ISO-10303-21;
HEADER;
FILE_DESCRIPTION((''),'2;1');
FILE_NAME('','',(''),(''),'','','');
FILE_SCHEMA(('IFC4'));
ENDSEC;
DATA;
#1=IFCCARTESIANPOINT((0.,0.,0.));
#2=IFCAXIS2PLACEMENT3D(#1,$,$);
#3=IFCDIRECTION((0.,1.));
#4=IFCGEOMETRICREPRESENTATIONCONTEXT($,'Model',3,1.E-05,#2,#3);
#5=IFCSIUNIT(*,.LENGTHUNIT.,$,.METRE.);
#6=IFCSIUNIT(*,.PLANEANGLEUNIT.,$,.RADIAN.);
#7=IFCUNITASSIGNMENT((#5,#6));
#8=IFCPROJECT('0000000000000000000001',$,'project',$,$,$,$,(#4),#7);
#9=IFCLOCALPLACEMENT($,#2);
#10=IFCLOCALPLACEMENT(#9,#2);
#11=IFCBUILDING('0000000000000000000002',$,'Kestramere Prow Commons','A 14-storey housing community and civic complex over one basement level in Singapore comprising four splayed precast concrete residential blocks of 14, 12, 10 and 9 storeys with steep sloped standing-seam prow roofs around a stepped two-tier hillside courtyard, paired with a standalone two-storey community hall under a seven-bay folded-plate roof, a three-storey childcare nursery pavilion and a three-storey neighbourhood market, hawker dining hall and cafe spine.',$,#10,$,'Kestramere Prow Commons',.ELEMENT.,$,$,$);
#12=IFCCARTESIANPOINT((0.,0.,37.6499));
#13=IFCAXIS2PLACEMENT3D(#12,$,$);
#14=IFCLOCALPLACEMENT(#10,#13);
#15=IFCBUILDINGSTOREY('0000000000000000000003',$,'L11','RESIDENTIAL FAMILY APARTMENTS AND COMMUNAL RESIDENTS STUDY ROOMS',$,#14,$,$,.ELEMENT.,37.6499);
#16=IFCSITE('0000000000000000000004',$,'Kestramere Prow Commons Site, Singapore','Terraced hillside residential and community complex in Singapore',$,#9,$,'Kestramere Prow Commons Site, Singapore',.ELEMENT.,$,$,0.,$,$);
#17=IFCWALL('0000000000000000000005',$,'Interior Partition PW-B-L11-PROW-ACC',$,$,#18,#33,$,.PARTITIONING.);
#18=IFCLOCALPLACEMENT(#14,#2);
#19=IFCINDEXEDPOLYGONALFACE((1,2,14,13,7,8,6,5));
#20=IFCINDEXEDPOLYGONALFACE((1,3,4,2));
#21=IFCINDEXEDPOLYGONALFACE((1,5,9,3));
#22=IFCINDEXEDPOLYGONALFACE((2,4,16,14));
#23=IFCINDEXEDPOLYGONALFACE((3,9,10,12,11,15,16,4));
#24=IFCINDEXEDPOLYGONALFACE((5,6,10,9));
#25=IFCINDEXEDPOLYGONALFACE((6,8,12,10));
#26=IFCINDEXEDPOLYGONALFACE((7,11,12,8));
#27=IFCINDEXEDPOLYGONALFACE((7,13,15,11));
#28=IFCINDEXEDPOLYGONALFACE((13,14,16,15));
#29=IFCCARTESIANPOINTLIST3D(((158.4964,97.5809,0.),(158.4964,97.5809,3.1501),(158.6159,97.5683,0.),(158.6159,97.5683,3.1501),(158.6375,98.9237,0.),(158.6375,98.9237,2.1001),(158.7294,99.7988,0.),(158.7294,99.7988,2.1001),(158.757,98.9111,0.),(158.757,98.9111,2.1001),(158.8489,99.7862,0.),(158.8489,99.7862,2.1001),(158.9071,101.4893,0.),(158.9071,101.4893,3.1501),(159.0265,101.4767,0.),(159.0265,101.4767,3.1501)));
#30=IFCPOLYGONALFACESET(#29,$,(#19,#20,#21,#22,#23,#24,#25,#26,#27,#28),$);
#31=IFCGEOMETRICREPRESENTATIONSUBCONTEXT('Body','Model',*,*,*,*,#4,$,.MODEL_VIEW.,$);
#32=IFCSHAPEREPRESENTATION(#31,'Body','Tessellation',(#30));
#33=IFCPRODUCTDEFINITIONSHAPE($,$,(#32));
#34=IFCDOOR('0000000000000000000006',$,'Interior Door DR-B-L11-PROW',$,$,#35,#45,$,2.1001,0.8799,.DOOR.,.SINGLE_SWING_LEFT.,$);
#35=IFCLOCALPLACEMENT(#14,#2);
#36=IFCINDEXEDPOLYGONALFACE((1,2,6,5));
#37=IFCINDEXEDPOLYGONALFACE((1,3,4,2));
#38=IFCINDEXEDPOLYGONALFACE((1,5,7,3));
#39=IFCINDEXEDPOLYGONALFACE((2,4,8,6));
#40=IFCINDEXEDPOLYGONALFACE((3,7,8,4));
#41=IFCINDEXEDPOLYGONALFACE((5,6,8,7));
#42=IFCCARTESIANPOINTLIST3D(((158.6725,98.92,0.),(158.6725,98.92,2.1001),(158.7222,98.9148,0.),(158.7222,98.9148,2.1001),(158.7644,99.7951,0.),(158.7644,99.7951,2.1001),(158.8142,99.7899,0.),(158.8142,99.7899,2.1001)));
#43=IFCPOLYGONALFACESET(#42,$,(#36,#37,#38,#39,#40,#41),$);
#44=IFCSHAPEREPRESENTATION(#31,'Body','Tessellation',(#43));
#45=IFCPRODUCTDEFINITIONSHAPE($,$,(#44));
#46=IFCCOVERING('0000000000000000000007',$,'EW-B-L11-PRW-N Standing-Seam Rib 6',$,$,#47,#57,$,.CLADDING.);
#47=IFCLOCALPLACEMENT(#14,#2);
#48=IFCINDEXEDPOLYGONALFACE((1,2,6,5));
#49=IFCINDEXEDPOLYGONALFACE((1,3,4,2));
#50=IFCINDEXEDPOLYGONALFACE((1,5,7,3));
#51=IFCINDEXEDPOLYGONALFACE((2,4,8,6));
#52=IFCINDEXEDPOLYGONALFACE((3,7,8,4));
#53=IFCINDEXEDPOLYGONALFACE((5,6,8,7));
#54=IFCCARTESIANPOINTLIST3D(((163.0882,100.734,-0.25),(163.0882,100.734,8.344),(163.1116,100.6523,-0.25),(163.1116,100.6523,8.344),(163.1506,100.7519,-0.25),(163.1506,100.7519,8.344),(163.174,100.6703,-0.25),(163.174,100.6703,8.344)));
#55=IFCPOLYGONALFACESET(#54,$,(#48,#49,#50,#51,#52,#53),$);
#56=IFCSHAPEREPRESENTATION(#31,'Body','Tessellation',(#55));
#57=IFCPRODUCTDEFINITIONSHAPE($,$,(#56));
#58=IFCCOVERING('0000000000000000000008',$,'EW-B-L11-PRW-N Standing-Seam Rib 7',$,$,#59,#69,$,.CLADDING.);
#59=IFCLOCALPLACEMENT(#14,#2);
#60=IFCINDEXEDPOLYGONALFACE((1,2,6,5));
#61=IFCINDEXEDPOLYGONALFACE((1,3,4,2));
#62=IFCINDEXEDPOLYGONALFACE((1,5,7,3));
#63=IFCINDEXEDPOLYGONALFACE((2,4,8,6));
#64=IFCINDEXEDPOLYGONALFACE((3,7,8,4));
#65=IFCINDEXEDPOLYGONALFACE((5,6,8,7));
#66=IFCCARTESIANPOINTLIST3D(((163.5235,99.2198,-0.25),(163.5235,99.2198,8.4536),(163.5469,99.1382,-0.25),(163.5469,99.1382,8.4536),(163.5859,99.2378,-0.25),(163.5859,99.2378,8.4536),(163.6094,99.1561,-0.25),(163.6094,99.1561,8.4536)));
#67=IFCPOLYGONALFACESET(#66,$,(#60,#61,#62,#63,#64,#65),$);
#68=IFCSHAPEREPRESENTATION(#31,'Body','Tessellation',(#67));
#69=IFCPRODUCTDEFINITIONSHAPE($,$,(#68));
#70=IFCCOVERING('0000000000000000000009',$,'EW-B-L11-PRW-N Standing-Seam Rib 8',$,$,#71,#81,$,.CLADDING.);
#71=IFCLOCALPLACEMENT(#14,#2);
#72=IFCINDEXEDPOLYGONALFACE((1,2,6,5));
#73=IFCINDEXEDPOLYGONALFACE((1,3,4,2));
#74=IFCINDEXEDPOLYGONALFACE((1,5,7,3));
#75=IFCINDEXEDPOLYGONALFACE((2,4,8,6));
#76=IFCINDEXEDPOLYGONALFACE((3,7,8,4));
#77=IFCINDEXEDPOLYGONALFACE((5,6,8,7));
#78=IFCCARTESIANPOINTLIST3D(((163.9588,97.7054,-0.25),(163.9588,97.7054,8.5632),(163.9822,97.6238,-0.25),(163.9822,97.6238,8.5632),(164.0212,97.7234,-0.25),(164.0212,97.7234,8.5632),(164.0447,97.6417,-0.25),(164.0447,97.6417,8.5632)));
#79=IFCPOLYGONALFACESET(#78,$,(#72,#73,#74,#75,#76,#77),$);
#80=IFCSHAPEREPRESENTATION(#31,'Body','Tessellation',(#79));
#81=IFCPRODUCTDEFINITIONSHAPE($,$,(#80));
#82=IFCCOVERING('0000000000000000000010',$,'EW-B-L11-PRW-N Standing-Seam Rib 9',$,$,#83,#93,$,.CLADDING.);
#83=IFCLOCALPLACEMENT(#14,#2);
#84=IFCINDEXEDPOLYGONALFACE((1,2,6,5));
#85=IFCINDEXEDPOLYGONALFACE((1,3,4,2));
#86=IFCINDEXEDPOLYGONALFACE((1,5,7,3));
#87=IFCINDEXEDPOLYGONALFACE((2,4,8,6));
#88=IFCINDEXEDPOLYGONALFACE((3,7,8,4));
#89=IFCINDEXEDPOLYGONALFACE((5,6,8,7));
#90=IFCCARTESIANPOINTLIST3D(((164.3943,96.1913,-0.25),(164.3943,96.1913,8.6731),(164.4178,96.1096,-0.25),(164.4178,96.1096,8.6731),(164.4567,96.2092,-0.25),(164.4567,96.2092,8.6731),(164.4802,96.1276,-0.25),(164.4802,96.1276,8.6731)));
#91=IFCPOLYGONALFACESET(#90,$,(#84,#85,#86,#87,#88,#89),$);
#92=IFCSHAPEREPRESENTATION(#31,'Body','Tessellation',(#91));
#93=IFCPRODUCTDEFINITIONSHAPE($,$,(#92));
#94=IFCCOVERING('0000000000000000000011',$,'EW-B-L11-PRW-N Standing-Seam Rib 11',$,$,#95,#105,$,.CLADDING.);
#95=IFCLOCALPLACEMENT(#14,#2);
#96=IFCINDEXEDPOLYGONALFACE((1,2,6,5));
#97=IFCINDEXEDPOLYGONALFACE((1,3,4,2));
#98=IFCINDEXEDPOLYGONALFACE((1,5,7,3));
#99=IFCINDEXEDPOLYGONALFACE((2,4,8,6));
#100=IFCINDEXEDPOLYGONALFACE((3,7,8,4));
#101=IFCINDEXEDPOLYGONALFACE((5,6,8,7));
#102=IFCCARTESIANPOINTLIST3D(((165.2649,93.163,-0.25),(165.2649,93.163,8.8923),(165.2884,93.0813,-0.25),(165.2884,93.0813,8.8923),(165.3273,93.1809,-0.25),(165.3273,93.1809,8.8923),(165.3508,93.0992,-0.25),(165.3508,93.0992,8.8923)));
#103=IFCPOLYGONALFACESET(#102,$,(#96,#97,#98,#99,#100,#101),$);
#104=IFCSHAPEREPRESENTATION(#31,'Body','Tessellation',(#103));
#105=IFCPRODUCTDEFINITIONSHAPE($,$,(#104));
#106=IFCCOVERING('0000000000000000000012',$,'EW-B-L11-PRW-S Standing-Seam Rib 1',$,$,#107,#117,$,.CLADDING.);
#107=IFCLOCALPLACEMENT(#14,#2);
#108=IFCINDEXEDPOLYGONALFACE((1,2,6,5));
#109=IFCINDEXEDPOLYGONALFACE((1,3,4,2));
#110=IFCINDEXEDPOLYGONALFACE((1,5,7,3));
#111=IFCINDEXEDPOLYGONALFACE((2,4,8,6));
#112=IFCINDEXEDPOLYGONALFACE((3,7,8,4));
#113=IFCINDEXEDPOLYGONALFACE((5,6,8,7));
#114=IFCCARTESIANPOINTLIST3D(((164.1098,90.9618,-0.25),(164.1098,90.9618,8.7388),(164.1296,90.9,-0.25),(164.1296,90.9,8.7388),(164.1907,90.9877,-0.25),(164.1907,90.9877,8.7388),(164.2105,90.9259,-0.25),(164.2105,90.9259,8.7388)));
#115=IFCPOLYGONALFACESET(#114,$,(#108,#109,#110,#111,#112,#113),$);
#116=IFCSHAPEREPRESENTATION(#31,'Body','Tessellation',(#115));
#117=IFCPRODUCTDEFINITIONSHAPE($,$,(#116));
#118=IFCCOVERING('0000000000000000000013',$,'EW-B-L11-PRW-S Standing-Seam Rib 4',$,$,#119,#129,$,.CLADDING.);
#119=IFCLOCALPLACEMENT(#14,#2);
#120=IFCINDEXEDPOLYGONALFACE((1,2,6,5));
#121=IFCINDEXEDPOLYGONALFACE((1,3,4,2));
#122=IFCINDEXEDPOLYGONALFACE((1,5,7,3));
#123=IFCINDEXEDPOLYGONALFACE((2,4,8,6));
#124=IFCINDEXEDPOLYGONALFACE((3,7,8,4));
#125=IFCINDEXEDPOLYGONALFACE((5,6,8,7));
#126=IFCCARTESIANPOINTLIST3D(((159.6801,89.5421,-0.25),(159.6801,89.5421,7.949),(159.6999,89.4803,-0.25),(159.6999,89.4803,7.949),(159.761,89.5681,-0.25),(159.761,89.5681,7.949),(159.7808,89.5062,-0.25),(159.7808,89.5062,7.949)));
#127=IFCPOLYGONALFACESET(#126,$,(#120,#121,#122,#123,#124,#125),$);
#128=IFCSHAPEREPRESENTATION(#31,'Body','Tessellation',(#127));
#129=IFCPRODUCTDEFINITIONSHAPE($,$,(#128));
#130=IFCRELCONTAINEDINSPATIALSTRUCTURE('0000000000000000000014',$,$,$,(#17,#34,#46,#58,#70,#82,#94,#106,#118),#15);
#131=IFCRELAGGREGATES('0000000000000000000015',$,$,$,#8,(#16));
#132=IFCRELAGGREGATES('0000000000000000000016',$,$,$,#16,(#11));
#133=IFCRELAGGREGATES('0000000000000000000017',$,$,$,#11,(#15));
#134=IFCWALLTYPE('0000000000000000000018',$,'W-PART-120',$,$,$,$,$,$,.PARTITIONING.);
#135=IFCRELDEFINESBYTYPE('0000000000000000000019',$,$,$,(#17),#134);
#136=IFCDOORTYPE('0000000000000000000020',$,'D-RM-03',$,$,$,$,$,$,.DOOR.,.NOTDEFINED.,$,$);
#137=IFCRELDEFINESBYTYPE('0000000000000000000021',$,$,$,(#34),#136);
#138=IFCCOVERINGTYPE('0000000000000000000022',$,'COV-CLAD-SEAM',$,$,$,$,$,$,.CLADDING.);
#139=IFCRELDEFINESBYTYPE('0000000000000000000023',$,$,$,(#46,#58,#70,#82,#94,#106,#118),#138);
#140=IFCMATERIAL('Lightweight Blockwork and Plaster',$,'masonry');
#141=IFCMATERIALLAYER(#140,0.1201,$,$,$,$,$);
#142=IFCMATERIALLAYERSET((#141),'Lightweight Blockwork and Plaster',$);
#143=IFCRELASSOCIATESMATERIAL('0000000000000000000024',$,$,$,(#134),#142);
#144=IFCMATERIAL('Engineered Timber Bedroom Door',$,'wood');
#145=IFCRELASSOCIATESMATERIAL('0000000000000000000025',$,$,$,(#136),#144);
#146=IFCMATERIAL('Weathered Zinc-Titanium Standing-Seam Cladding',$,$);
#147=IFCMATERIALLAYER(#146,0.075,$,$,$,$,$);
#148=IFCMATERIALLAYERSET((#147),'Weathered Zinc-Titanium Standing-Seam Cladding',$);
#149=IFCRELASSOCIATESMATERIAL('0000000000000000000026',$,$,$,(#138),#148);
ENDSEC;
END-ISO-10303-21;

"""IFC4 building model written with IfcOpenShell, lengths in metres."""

from ifc_helpers import new_model, si_unit, direction, frame, frame_2d, origin, origin_2d, place, context, subcontext, project, spatial, rectangle, extrude, material, layer, layer_set, type_object, element, fill, save


model = new_model("IFC4")

# Units and contexts
model_context = context("Model", 3, precision=1e-05, world=origin(), true_north=direction((0.0, 1.0)))
body_context = subcontext(model_context, "Body", "Model", "MODEL_VIEW")
ifc_project = project(units=[si_unit("LENGTHUNIT", "METRE"), si_unit("PLANEANGLEUNIT", "RADIAN")], contexts=[model_context])

# Site, building, storey
site_placement = place(None, origin())
site = spatial("IfcSite", under=ifc_project, at=site_placement, Name="Kestramere Prow Commons Site, Singapore", Description="Terraced hillside residential and community complex in Singapore", LongName="Kestramere Prow Commons Site, Singapore", CompositionType="ELEMENT", RefElevation=0.0)
building_placement = place(site_placement, origin())
building = spatial("IfcBuilding", under=site, at=building_placement, Name="Kestramere Prow Commons", Description="A 14-storey housing community and civic complex over one basement level in Singapore comprising four splayed precast concrete residential blocks of 14, 12, 10 and 9 storeys with steep sloped standing-seam prow roofs around a stepped two-tier hillside courtyard, paired with a standalone two-storey community hall under a seven-bay folded-plate roof, a three-storey childcare nursery pavilion and a three-storey neighbourhood market, hawker dining hall and cafe spine.", LongName="Kestramere Prow Commons", CompositionType="ELEMENT")
storey_placement = place(building_placement, frame((0.0, 0.0, 37.6499)))
storey = spatial("IfcBuildingStorey", under=building, at=storey_placement, Name="L11", Description="RESIDENTIAL FAMILY APARTMENTS AND COMMUNAL RESIDENTS STUDY ROOMS", CompositionType="ELEMENT", Elevation=37.6499)

# Shared definitions
ifc_material_1 = material(Name="Weathered Zinc-Titanium Standing-Seam Cladding")

# Wall, opening, door
ifc_material_2 = material(Name="Lightweight Blockwork and Plaster", Category="masonry")
ifc_layer_1 = layer(ifc_material_2, 0.1201)
ifc_layer_set_1 = layer_set([ifc_layer_1], Name="Lightweight Blockwork and Plaster")
wall_type_1 = type_object("IfcWallType", Name="W-PART-120", PredefinedType="PARTITIONING", material=ifc_layer_set_1)
wall_1_placement = place(storey_placement, frame((158.5562, 97.5747, 0.0), z_axis=(0.0, 0.0, 1.0), x_axis=(0.104491, 0.994526, 0.0)))
wall_1 = element("IfcWall", 1, at=wall_1_placement, inside=storey, type_object=wall_type_1, Name="Interior Partition PW-B-L11-PROW-ACC", PredefinedType="PARTITIONING", context=body_context, shape_type="SweptSolid", body=[
    extrude(rectangle(XDim=3.9299, YDim=0.1201, at=frame_2d((1.9648, 0.0))), origin(), (0.0, 0.0, 1.0), 3.1501),
])
opening_1_placement = place(wall_1_placement, frame((1.3501, 0.0, 0.0)))
opening_1 = element("IfcOpeningElement", 2, at=opening_1_placement, cuts=wall_1, PredefinedType="OPENING", context=body_context, shape_type="SweptSolid", body=[
    extrude(rectangle(XDim=0.8799, YDim=2.1001, at=frame_2d((0.4399, 1.05))), frame((0.0, 0.075, 0.0), z_axis=(0.0, -1.0, 0.0), x_axis=(1.0, 0.0, 0.0)), (0.0, 0.0, 1.0), 0.1501),
])
ifc_material_3 = material(Name="Engineered Timber Bedroom Door", Category="wood")
door_type = type_object("IfcDoorType", Name="D-RM-03", OperationType="NOTDEFINED", PredefinedType="DOOR", material=ifc_material_3)
door_placement = place(opening_1_placement, origin())
door = element("IfcDoor", 3, at=door_placement, inside=storey, type_object=door_type, Name="Interior Door DR-B-L11-PROW", OperationType="SINGLE_SWING_LEFT", OverallHeight=2.1001, OverallWidth=0.8799, PredefinedType="DOOR", context=body_context, shape_type="SweptSolid", body=[
    extrude(rectangle(XDim=0.8799, YDim=2.1001, at=frame_2d((0.4399, 1.05))), frame((0.0, 0.0249, 0.0), z_axis=(0.0, -1.0, 0.0), x_axis=(1.0, 0.0, 0.0)), (0.0, 0.0, 1.0), 0.05),
])
fill(opening_1, door)

# Coverings
ifc_layer_2 = layer(ifc_material_1, 0.075)
ifc_layer_set_2 = layer_set([ifc_layer_2], Name="Weathered Zinc-Titanium Standing-Seam Cladding")
covering_type = type_object("IfcCoveringType", Name="COV-CLAD-SEAM", PredefinedType="CLADDING", material=ifc_layer_set_2)
covering_1_placement = place(storey_placement, frame((163.1311, 100.7021, -0.25), z_axis=(0.0, 0.0, 1.0), x_axis=(0.276318, -0.961066, 0.0)))
element("IfcCovering", 4, at=covering_1_placement, inside=storey, type_object=covering_type, Name="EW-B-L11-PRW-N Standing-Seam Rib 6", PredefinedType="CLADDING", context=body_context, shape_type="SweptSolid", body=[
    extrude(rectangle(XDim=0.085, YDim=0.0649, at=origin_2d()), origin(), (0.0, 0.0, 1.0), 8.594),
])
covering_2_placement = place(storey_placement, frame((163.5664, 99.188, -0.25), z_axis=(0.0, 0.0, 1.0), x_axis=(0.276318, -0.961066, 0.0)))
element("IfcCovering", 5, at=covering_2_placement, inside=storey, type_object=covering_type, Name="EW-B-L11-PRW-N Standing-Seam Rib 7", PredefinedType="CLADDING", context=body_context, shape_type="SweptSolid", body=[
    extrude(rectangle(XDim=0.085, YDim=0.0649, at=origin_2d()), origin(), (0.0, 0.0, 1.0), 8.7036),
])
covering_3_placement = place(storey_placement, frame((164.0017, 97.6736, -0.25), z_axis=(0.0, 0.0, 1.0), x_axis=(0.276318, -0.961066, 0.0)))
element("IfcCovering", 6, at=covering_3_placement, inside=storey, type_object=covering_type, Name="EW-B-L11-PRW-N Standing-Seam Rib 8", PredefinedType="CLADDING", context=body_context, shape_type="SweptSolid", body=[
    extrude(rectangle(XDim=0.085, YDim=0.0649, at=origin_2d()), origin(), (0.0, 0.0, 1.0), 8.8132),
])
covering_4_placement = place(storey_placement, frame((164.4373, 96.1594, -0.25), z_axis=(0.0, 0.0, 1.0), x_axis=(0.276318, -0.961066, 0.0)))
element("IfcCovering", 7, at=covering_4_placement, inside=storey, type_object=covering_type, Name="EW-B-L11-PRW-N Standing-Seam Rib 9", PredefinedType="CLADDING", context=body_context, shape_type="SweptSolid", body=[
    extrude(rectangle(XDim=0.085, YDim=0.0649, at=origin_2d()), origin(), (0.0, 0.0, 1.0), 8.9231),
])
covering_5_placement = place(storey_placement, frame((165.3079, 93.1311, -0.25), z_axis=(0.0, 0.0, 1.0), x_axis=(0.276318, -0.961066, 0.0)))
element("IfcCovering", 8, at=covering_5_placement, inside=storey, type_object=covering_type, Name="EW-B-L11-PRW-N Standing-Seam Rib 11", PredefinedType="CLADDING", context=body_context, shape_type="SweptSolid", body=[
    extrude(rectangle(XDim=0.085, YDim=0.0649, at=origin_2d()), origin(), (0.0, 0.0, 1.0), 9.1423),
])
covering_6_placement = place(storey_placement, frame((164.1602, 90.9438, -0.25), z_axis=(0.0, 0.0, 1.0), x_axis=(-0.952283, -0.305215, 0.0)))
element("IfcCovering", 9, at=covering_6_placement, inside=storey, type_object=covering_type, Name="EW-B-L11-PRW-S Standing-Seam Rib 1", PredefinedType="CLADDING", context=body_context, shape_type="SweptSolid", body=[
    extrude(rectangle(XDim=0.085, YDim=0.0649, at=origin_2d()), origin(), (0.0, 0.0, 1.0), 8.9888),
])
covering_7_placement = place(storey_placement, frame((159.7305, 89.5242, -0.25), z_axis=(0.0, 0.0, 1.0), x_axis=(-0.952283, -0.305215, 0.0)))
element("IfcCovering", 10, at=covering_7_placement, inside=storey, type_object=covering_type, Name="EW-B-L11-PRW-S Standing-Seam Rib 4", PredefinedType="CLADDING", context=body_context, shape_type="SweptSolid", body=[
    extrude(rectangle(XDim=0.085, YDim=0.0649, at=origin_2d()), origin(), (0.0, 0.0, 1.0), 8.199),
])

save(model, "model.ifc")
